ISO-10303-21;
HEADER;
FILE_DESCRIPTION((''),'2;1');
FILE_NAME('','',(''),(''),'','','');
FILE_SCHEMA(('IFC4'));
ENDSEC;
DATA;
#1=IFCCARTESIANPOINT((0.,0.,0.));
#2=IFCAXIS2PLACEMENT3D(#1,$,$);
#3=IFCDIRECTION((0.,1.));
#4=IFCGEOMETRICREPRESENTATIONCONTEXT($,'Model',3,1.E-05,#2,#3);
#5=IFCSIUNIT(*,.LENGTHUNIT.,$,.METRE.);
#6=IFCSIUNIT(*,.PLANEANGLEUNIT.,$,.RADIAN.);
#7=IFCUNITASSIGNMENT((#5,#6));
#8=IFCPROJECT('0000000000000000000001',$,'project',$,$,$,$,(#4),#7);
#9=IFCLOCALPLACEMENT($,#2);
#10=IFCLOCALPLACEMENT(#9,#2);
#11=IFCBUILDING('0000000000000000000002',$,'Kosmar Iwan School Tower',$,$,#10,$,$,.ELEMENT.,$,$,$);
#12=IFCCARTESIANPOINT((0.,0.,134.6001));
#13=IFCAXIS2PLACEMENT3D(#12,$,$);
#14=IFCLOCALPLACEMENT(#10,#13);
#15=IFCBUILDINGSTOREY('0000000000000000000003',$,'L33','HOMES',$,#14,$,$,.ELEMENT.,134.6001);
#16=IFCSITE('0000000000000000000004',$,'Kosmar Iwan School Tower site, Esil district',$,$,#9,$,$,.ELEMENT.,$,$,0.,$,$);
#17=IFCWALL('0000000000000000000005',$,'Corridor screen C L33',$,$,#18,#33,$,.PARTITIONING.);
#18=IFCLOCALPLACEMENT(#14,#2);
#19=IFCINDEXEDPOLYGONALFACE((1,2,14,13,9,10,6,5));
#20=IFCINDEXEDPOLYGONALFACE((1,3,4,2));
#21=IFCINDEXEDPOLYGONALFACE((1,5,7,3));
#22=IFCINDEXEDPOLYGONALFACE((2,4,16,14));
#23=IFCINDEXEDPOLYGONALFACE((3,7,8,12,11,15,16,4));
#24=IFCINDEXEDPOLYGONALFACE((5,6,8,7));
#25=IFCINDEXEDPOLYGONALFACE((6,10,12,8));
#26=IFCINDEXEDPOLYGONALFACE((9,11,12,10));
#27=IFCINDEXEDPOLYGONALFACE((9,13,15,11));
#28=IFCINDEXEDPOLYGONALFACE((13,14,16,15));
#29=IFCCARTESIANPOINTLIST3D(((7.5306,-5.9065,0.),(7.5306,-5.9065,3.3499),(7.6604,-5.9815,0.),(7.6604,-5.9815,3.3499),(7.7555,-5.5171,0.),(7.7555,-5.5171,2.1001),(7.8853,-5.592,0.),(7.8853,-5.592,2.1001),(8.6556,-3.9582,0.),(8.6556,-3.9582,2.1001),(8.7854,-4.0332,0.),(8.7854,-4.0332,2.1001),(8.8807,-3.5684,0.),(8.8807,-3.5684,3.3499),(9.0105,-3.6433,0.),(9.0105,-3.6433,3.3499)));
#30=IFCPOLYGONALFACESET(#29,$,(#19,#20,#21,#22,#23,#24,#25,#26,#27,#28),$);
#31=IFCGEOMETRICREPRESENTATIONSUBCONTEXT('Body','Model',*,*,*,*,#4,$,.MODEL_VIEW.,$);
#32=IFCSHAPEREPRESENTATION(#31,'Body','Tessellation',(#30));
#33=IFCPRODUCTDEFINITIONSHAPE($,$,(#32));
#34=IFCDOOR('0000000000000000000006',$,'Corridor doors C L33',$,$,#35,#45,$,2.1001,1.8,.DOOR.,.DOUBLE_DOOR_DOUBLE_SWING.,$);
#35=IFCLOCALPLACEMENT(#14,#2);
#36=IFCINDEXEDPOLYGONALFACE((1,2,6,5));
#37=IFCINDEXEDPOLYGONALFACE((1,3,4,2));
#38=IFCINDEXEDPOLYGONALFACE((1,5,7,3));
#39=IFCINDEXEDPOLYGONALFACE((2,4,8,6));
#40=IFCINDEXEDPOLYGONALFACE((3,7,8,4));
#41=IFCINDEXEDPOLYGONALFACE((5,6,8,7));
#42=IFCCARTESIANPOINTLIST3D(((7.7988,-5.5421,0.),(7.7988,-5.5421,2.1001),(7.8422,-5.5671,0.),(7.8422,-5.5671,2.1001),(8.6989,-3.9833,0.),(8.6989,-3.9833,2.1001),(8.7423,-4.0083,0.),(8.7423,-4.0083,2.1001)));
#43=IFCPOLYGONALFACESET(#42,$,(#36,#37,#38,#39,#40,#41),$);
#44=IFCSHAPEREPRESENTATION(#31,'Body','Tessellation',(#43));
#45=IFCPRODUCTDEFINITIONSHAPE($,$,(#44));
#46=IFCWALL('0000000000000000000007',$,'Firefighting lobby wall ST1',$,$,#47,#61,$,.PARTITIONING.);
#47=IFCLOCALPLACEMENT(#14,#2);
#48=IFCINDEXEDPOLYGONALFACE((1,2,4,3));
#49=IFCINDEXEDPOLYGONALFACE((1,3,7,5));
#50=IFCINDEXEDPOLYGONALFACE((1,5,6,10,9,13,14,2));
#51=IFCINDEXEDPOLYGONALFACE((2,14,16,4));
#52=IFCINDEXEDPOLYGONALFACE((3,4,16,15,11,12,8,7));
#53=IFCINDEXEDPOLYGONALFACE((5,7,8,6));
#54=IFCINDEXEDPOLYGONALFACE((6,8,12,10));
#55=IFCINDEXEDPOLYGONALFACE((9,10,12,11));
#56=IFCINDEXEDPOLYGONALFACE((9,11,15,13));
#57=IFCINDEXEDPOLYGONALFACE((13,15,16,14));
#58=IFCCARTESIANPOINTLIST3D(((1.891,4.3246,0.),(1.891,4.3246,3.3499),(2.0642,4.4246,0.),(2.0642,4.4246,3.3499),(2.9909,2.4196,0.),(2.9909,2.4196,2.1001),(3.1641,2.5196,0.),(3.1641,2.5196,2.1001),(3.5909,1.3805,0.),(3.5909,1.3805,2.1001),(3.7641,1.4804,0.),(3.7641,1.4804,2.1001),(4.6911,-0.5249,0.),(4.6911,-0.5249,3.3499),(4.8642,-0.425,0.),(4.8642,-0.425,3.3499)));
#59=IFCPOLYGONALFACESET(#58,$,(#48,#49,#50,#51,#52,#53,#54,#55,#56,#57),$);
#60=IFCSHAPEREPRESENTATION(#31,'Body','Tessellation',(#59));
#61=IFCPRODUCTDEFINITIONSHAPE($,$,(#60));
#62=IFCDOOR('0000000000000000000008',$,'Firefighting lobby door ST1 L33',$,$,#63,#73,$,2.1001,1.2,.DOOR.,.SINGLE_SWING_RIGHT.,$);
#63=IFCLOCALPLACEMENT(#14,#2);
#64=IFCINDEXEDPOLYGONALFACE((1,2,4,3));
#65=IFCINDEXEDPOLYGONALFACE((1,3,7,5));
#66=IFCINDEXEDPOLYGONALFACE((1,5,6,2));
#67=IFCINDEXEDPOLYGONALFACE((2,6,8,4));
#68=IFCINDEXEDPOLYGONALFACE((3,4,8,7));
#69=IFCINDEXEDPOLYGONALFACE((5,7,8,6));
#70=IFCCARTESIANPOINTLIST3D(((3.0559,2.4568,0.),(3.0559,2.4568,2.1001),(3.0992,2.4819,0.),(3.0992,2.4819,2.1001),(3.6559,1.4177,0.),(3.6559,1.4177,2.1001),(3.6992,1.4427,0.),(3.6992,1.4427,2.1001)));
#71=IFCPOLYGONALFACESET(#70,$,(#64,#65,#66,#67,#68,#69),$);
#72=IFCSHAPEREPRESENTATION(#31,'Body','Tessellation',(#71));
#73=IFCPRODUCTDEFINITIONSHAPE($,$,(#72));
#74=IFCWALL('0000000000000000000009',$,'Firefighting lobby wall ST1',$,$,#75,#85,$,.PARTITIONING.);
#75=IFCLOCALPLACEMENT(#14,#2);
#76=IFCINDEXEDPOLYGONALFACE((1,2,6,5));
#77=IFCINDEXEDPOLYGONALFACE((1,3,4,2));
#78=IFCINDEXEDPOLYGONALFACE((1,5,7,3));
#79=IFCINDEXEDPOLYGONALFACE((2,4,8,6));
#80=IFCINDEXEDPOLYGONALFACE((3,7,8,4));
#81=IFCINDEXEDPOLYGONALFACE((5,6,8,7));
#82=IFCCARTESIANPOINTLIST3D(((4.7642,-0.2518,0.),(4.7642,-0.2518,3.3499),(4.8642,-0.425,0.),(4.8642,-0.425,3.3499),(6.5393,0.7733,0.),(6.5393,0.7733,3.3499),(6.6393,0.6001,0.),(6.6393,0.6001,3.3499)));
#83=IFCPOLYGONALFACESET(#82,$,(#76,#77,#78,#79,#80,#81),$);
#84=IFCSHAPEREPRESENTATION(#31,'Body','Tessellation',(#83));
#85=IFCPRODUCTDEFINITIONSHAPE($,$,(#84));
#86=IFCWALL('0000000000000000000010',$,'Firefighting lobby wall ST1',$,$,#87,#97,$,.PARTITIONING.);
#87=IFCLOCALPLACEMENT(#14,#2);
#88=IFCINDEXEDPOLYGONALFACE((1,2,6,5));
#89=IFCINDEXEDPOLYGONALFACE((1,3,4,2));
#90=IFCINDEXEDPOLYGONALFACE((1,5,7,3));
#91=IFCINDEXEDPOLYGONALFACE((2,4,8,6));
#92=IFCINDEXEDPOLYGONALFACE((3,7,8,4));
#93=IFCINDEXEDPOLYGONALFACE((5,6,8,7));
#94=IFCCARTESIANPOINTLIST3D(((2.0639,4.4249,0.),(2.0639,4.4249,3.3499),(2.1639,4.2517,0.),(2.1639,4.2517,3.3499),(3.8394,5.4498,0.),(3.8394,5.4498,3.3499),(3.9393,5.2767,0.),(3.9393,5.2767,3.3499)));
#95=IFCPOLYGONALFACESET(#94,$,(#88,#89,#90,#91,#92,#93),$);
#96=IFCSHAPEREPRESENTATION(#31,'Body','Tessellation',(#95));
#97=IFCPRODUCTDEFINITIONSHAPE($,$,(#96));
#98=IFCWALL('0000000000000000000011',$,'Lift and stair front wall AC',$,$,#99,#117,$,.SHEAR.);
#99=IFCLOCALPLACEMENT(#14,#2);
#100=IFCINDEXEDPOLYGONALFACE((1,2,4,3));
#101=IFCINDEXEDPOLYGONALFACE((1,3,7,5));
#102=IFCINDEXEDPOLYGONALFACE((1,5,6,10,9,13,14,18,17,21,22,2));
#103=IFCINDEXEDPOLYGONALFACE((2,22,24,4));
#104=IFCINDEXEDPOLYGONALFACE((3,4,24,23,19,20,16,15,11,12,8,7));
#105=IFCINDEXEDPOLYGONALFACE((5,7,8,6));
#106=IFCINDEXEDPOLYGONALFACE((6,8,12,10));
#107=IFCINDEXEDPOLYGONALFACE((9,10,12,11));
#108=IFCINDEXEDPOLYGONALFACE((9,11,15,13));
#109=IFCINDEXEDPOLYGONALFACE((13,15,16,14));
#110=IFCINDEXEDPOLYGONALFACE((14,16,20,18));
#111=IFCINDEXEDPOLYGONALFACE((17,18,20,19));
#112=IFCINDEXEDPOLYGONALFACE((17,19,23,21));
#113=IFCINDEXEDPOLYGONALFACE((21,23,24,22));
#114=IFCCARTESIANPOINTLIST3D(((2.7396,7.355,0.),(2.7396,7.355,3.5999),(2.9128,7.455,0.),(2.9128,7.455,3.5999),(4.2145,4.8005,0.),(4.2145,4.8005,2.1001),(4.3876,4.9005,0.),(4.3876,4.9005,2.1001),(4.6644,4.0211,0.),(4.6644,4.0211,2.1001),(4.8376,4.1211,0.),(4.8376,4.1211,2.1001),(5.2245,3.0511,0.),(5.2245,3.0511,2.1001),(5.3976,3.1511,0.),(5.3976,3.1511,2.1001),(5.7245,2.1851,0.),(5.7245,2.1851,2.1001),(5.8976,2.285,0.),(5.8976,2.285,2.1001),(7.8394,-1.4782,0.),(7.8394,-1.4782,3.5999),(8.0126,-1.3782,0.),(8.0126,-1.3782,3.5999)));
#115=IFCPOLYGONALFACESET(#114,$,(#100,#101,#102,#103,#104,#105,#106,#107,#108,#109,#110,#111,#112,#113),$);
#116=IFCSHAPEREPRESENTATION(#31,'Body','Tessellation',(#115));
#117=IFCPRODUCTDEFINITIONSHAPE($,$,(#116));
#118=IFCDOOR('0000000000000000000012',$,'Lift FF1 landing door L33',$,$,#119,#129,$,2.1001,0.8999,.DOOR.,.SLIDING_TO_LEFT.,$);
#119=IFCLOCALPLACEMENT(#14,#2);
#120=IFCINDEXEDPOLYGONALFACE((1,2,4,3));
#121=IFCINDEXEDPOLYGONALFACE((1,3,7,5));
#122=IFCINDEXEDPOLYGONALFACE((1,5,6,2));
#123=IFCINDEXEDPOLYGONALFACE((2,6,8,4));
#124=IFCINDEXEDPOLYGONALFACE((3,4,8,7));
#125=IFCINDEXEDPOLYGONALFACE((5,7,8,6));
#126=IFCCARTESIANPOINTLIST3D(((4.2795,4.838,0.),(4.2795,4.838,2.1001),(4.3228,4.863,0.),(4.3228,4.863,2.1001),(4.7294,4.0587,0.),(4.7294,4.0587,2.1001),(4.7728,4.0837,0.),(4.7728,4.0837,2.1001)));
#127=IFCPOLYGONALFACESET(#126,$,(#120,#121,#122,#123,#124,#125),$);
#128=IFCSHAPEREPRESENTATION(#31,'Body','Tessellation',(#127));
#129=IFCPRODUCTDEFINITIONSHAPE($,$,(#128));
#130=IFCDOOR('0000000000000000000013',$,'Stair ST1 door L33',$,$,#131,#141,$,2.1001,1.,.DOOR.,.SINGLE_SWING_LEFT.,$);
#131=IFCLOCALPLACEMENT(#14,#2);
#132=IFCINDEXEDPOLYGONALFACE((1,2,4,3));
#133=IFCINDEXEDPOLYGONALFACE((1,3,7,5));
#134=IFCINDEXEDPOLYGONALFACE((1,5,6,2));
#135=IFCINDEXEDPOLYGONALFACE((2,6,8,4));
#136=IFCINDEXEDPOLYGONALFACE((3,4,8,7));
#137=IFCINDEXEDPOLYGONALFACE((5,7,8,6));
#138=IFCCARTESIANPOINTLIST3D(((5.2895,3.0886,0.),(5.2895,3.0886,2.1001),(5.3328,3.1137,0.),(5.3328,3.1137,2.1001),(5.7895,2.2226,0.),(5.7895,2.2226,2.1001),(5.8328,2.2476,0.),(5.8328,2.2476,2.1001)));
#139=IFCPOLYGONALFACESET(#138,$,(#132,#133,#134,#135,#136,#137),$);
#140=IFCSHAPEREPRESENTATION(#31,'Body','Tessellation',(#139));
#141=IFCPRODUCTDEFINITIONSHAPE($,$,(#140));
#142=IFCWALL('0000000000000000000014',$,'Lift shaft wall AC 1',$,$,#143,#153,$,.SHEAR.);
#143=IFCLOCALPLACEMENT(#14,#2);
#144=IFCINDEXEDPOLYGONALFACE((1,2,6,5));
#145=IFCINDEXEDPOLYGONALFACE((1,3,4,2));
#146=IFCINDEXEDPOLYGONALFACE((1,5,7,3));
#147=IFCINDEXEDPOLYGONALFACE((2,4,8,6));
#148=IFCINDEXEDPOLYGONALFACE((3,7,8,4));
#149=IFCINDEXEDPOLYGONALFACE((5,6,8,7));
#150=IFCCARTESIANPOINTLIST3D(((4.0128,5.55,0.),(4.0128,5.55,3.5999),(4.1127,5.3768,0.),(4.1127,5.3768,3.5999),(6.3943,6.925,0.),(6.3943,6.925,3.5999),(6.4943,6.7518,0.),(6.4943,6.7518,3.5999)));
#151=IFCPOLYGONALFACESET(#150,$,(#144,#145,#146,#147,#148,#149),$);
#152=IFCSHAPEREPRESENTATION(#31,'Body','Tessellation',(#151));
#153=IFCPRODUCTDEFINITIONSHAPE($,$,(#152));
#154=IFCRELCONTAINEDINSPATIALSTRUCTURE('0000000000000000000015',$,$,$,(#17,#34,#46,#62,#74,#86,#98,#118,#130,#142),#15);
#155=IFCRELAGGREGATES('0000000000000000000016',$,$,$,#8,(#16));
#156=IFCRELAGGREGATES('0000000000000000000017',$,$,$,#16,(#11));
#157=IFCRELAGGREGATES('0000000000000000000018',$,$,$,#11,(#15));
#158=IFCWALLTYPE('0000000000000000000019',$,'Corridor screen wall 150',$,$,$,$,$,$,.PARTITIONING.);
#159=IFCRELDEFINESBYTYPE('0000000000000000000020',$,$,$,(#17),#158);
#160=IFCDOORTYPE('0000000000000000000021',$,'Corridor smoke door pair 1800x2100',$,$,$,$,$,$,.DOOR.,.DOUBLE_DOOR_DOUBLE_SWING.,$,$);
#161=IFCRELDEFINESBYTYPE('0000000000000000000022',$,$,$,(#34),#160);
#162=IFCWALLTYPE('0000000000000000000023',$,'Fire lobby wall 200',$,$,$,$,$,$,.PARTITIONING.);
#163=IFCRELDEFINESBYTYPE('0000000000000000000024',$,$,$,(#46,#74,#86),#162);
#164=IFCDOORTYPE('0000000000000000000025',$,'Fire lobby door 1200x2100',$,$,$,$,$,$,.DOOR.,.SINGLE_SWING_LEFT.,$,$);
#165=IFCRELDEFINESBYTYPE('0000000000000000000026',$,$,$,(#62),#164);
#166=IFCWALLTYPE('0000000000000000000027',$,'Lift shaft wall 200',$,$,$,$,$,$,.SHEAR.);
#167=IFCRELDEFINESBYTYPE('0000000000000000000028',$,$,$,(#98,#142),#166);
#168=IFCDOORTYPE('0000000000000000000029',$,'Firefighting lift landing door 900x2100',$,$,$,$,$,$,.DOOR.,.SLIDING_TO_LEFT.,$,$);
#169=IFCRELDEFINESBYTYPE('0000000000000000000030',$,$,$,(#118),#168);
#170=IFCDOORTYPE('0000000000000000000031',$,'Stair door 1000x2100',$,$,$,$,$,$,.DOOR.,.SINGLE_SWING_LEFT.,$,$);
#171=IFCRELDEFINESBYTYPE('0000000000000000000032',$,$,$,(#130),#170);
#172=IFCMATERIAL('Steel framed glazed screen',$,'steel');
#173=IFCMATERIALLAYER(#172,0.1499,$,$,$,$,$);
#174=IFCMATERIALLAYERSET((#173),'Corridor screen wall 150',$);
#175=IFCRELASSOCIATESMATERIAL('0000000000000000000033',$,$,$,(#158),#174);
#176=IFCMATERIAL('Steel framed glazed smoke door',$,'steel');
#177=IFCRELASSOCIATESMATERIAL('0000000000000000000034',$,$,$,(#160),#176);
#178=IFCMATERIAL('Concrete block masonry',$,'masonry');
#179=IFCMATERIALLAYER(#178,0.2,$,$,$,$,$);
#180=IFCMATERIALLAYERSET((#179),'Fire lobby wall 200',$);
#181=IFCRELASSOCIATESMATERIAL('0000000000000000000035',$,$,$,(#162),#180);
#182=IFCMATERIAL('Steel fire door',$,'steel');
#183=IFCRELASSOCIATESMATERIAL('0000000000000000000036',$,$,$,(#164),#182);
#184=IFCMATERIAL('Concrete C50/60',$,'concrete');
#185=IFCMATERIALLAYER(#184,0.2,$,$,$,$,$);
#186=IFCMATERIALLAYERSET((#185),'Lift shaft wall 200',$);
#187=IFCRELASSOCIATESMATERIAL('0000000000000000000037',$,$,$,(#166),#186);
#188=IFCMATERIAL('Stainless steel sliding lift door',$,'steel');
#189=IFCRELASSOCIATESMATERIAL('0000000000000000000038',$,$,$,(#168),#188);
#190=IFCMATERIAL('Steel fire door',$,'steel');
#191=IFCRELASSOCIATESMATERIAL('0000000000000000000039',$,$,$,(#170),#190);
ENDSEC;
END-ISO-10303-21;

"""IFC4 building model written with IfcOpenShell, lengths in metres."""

from ifc_helpers import new_model, si_unit, direction, frame, frame_2d, origin, place, context, subcontext, project, spatial, rectangle, extrude, material, layer, layer_set, type_object, element, fill, save


model = new_model("IFC4")

# Units and contexts
model_context = context("Model", 3, precision=1e-05, world=origin(), true_north=direction((0.0, 1.0)))
body_context = subcontext(model_context, "Body", "Model", "MODEL_VIEW")
ifc_project = project(units=[si_unit("LENGTHUNIT", "METRE"), si_unit("PLANEANGLEUNIT", "RADIAN")], contexts=[model_context])

# Site, building, storey
site_placement = place(None, origin())
site = spatial("IfcSite", under=ifc_project, at=site_placement, Name="Kosmar Iwan School Tower site, Esil district", CompositionType="ELEMENT", RefElevation=0.0)
building_placement = place(site_placement, origin())
building = spatial("IfcBuilding", under=site, at=building_placement, Name="Kosmar Iwan School Tower", CompositionType="ELEMENT")
storey_placement = place(building_placement, frame((0.0, 0.0, 134.6001)))
storey = spatial("IfcBuildingStorey", under=building, at=storey_placement, Name="L33", Description="HOMES", CompositionType="ELEMENT", Elevation=134.6001)

# Walls, openings, doors
ifc_material_1 = material(Name="Steel framed glazed screen", Category="steel")
ifc_layer_1 = layer(ifc_material_1, 0.1499)
ifc_layer_set_1 = layer_set([ifc_layer_1], Name="Corridor screen wall 150")
wall_type_1 = type_object("IfcWallType", Name="Corridor screen wall 150", PredefinedType="PARTITIONING", material=ifc_layer_set_1)
wall_1_placement = place(storey_placement, frame((7.5955, -5.9441, 0.0), z_axis=(0.0, 0.0, 1.0), x_axis=(0.500049, 0.865997, 0.0)))
wall_1 = element("IfcWall", 1, at=wall_1_placement, inside=storey, type_object=wall_type_1, Name="Corridor screen C L33", PredefinedType="PARTITIONING", context=body_context, shape_type="SweptSolid", body=[
    extrude(rectangle(XDim=2.7, YDim=0.1499, at=frame_2d((1.3501, 0.0))), origin(), (0.0, 0.0, 1.0), 3.3499),
])
opening_1_placement = place(wall_1_placement, frame((0.45, 0.0, 0.0)))
opening_1 = element("IfcOpeningElement", 2, at=opening_1_placement, cuts=wall_1, PredefinedType="OPENING", context=body_context, shape_type="SweptSolid", body=[
    extrude(rectangle(XDim=1.8, YDim=2.1001, at=frame_2d((0.8999, 1.05))), frame((0.0, 0.0869, 0.0), z_axis=(0.0, -1.0, 0.0), x_axis=(1.0, 0.0, 0.0)), (0.0, 0.0, 1.0), 0.1738),
])
ifc_material_2 = material(Name="Steel framed glazed smoke door", Category="steel")
door_type_1 = type_object("IfcDoorType", Name="Corridor smoke door pair 1800x2100", OperationType="DOUBLE_DOOR_DOUBLE_SWING", PredefinedType="DOOR", material=ifc_material_2)
door_1_placement = place(opening_1_placement, origin())
door_1 = element("IfcDoor", 3, at=door_1_placement, inside=storey, type_object=door_type_1, Name="Corridor doors C L33", OperationType="DOUBLE_DOOR_DOUBLE_SWING", OverallHeight=2.1001, OverallWidth=1.8, PredefinedType="DOOR", context=body_context, shape_type="SweptSolid", body=[
    extrude(rectangle(XDim=1.8, YDim=2.1001, at=frame_2d((0.8999, 1.05))), frame((0.0, 0.0249, 0.0), z_axis=(0.0, -1.0, 0.0), x_axis=(1.0, 0.0, 0.0)), (0.0, 0.0, 1.0), 0.05),
])
fill(opening_1, door_1)
ifc_material_3 = material(Name="Concrete block masonry", Category="masonry")
ifc_layer_2 = layer(ifc_material_3, 0.2)
ifc_layer_set_2 = layer_set([ifc_layer_2], Name="Fire lobby wall 200")
wall_type_2 = type_object("IfcWallType", Name="Fire lobby wall 200", PredefinedType="PARTITIONING", material=ifc_layer_set_2)
wall_2_placement = place(storey_placement, frame((4.7776, -0.4749, 0.0), z_axis=(0.0, 0.0, 1.0), x_axis=(-0.500017, 0.866016, 0.0)))
wall_2 = element("IfcWall", 4, at=wall_2_placement, inside=storey, type_object=wall_type_2, Name="Firefighting lobby wall ST1", PredefinedType="PARTITIONING", context=body_context, shape_type="SweptSolid", body=[
    extrude(rectangle(XDim=5.5999, YDim=0.2, at=frame_2d((2.7998, 0.0))), origin(), (0.0, 0.0, 1.0), 3.3499),
])
opening_2_placement = place(wall_2_placement, frame((2.2, 0.0, 0.0)))
opening_2 = element("IfcOpeningElement", 5, at=opening_2_placement, cuts=wall_2, PredefinedType="OPENING", context=body_context, shape_type="SweptSolid", body=[
    extrude(rectangle(XDim=1.2, YDim=2.1001, at=frame_2d((0.6001, 1.05))), frame((0.0, 0.1121, 0.0), z_axis=(0.0, -1.0, 0.0), x_axis=(1.0, 0.0, 0.0)), (0.0, 0.0, 1.0), 0.2239),
])
ifc_material_4 = material(Name="Steel fire door", Category="steel")
door_type_2 = type_object("IfcDoorType", Name="Fire lobby door 1200x2100", OperationType="SINGLE_SWING_LEFT", PredefinedType="DOOR", material=ifc_material_4)
door_2_placement = place(opening_2_placement, frame((1.2, 0.0, 0.0), z_axis=(0.0, 0.0, 1.0), x_axis=(-1.0, 0.0, 0.0)))
door_2 = element("IfcDoor", 6, at=door_2_placement, inside=storey, type_object=door_type_2, Name="Firefighting lobby door ST1 L33", OperationType="SINGLE_SWING_RIGHT", OverallHeight=2.1001, OverallWidth=1.2, PredefinedType="DOOR", context=body_context, shape_type="SweptSolid", body=[
    extrude(rectangle(XDim=1.2, YDim=2.1001, at=frame_2d((0.6001, 1.05))), frame((0.0, 0.0249, 0.0), z_axis=(0.0, -1.0, 0.0), x_axis=(1.0, 0.0, 0.0)), (0.0, 0.0, 1.0), 0.05),
])
fill(opening_2, door_2)

# Walls
wall_3_placement = place(storey_placement, frame((4.8142, -0.3384, 0.0), z_axis=(0.0, 0.0, 1.0), x_axis=(0.865969, 0.500097, 0.0)))
element("IfcWall", 7, at=wall_3_placement, inside=storey, type_object=wall_type_2, Name="Firefighting lobby wall ST1", PredefinedType="PARTITIONING", context=body_context, shape_type="SweptSolid", body=[
    extrude(rectangle(XDim=2.0498, YDim=0.2, at=frame_2d((1.0249, 0.0))), origin(), (0.0, 0.0, 1.0), 3.3499),
])
wall_4_placement = place(storey_placement, frame((2.114, 4.3384, 0.0), z_axis=(0.0, 0.0, 1.0), x_axis=(0.866051, 0.499956, 0.0)))
element("IfcWall", 8, at=wall_4_placement, inside=storey, type_object=wall_type_2, Name="Firefighting lobby wall ST1", PredefinedType="PARTITIONING", context=body_context, shape_type="SweptSolid", body=[
    extrude(rectangle(XDim=2.05, YDim=0.2, at=frame_2d((1.0249, 0.0))), origin(), (0.0, 0.0, 1.0), 3.3499),
])

# Wall, openings, doors
ifc_material_5 = material(Name="Concrete C50/60", Category="concrete")
ifc_layer_3 = layer(ifc_material_5, 0.2)
ifc_layer_set_3 = layer_set([ifc_layer_3], Name="Lift shaft wall 200")
wall_type_3 = type_object("IfcWallType", Name="Lift shaft wall 200", PredefinedType="SHEAR", material=ifc_layer_set_3)
wall_5_placement = place(storey_placement, frame((7.926, -1.4282, 0.0), z_axis=(0.0, 0.0, 1.0), x_axis=(-0.499998, 0.866027, 0.0)))
wall_5 = element("IfcWall", 9, at=wall_5_placement, inside=storey, type_object=wall_type_3, Name="Lift and stair front wall AC", PredefinedType="SHEAR", context=body_context, shape_type="SweptSolid", body=[
    extrude(rectangle(XDim=10.1997, YDim=0.2, at=frame_2d((5.0999, 0.0))), origin(), (0.0, 0.0, 1.0), 3.5999),
])
opening_3_placement = place(wall_5_placement, frame((6.3501, 0.0, 0.0)))
opening_3 = element("IfcOpeningElement", 10, at=opening_3_placement, cuts=wall_5, PredefinedType="OPENING", context=body_context, shape_type="SweptSolid", body=[
    extrude(rectangle(XDim=0.8999, YDim=2.1001, at=frame_2d((0.45, 1.05))), frame((0.0, 0.1121, 0.0), z_axis=(0.0, -1.0, 0.0), x_axis=(1.0, 0.0, 0.0)), (0.0, 0.0, 1.0), 0.2239),
])
opening_4_placement = place(wall_5_placement, frame((4.23, 0.0, 0.0)))
opening_4 = element("IfcOpeningElement", 11, at=opening_4_placement, cuts=wall_5, PredefinedType="OPENING", context=body_context, shape_type="SweptSolid", body=[
    extrude(rectangle(XDim=1.0, YDim=2.1001, at=frame_2d((0.5, 1.05))), frame((0.0, 0.1121, 0.0), z_axis=(0.0, -1.0, 0.0), x_axis=(1.0, 0.0, 0.0)), (0.0, 0.0, 1.0), 0.2239),
])
ifc_material_6 = material(Name="Stainless steel sliding lift door", Category="steel")
door_type_3 = type_object("IfcDoorType", Name="Firefighting lift landing door 900x2100", OperationType="SLIDING_TO_LEFT", PredefinedType="DOOR", material=ifc_material_6)
door_3_placement = place(opening_3_placement, origin())
door_3 = element("IfcDoor", 12, at=door_3_placement, inside=storey, type_object=door_type_3, Name="Lift FF1 landing door L33", OperationType="SLIDING_TO_LEFT", OverallHeight=2.1001, OverallWidth=0.8999, PredefinedType="DOOR", context=body_context, shape_type="SweptSolid", body=[
    extrude(rectangle(XDim=0.8999, YDim=2.1001, at=frame_2d((0.45, 1.05))), frame((0.0, 0.0249, 0.0), z_axis=(0.0, -1.0, 0.0), x_axis=(1.0, 0.0, 0.0)), (0.0, 0.0, 1.0), 0.05),
])
fill(opening_3, door_3)
ifc_material_7 = material(Name="Steel fire door", Category="steel")
door_type_4 = type_object("IfcDoorType", Name="Stair door 1000x2100", OperationType="SINGLE_SWING_LEFT", PredefinedType="DOOR", material=ifc_material_7)
door_4_placement = place(opening_4_placement, origin())
door_4 = element("IfcDoor", 13, at=door_4_placement, inside=storey, type_object=door_type_4, Name="Stair ST1 door L33", OperationType="SINGLE_SWING_LEFT", OverallHeight=2.1001, OverallWidth=1.0, PredefinedType="DOOR", context=body_context, shape_type="SweptSolid", body=[
    extrude(rectangle(XDim=1.0, YDim=2.1001, at=frame_2d((0.5, 1.05))), frame((0.0, 0.0249, 0.0), z_axis=(0.0, -1.0, 0.0), x_axis=(1.0, 0.0, 0.0)), (0.0, 0.0, 1.0), 0.05),
])
fill(opening_4, door_4)

# Wall
wall_6_placement = place(storey_placement, frame((4.0627, 5.4634, 0.0), z_axis=(0.0, 0.0, 1.0), x_axis=(0.866027, 0.499997, 0.0)))
element("IfcWall", 14, at=wall_6_placement, inside=storey, type_object=wall_type_3, Name="Lift shaft wall AC 1", PredefinedType="SHEAR", context=body_context, shape_type="SweptSolid", body=[
    extrude(rectangle(XDim=2.75, YDim=0.2, at=frame_2d((1.375, 0.0))), origin(), (0.0, 0.0, 1.0), 3.5999),
])

save(model, "model.ifc")
